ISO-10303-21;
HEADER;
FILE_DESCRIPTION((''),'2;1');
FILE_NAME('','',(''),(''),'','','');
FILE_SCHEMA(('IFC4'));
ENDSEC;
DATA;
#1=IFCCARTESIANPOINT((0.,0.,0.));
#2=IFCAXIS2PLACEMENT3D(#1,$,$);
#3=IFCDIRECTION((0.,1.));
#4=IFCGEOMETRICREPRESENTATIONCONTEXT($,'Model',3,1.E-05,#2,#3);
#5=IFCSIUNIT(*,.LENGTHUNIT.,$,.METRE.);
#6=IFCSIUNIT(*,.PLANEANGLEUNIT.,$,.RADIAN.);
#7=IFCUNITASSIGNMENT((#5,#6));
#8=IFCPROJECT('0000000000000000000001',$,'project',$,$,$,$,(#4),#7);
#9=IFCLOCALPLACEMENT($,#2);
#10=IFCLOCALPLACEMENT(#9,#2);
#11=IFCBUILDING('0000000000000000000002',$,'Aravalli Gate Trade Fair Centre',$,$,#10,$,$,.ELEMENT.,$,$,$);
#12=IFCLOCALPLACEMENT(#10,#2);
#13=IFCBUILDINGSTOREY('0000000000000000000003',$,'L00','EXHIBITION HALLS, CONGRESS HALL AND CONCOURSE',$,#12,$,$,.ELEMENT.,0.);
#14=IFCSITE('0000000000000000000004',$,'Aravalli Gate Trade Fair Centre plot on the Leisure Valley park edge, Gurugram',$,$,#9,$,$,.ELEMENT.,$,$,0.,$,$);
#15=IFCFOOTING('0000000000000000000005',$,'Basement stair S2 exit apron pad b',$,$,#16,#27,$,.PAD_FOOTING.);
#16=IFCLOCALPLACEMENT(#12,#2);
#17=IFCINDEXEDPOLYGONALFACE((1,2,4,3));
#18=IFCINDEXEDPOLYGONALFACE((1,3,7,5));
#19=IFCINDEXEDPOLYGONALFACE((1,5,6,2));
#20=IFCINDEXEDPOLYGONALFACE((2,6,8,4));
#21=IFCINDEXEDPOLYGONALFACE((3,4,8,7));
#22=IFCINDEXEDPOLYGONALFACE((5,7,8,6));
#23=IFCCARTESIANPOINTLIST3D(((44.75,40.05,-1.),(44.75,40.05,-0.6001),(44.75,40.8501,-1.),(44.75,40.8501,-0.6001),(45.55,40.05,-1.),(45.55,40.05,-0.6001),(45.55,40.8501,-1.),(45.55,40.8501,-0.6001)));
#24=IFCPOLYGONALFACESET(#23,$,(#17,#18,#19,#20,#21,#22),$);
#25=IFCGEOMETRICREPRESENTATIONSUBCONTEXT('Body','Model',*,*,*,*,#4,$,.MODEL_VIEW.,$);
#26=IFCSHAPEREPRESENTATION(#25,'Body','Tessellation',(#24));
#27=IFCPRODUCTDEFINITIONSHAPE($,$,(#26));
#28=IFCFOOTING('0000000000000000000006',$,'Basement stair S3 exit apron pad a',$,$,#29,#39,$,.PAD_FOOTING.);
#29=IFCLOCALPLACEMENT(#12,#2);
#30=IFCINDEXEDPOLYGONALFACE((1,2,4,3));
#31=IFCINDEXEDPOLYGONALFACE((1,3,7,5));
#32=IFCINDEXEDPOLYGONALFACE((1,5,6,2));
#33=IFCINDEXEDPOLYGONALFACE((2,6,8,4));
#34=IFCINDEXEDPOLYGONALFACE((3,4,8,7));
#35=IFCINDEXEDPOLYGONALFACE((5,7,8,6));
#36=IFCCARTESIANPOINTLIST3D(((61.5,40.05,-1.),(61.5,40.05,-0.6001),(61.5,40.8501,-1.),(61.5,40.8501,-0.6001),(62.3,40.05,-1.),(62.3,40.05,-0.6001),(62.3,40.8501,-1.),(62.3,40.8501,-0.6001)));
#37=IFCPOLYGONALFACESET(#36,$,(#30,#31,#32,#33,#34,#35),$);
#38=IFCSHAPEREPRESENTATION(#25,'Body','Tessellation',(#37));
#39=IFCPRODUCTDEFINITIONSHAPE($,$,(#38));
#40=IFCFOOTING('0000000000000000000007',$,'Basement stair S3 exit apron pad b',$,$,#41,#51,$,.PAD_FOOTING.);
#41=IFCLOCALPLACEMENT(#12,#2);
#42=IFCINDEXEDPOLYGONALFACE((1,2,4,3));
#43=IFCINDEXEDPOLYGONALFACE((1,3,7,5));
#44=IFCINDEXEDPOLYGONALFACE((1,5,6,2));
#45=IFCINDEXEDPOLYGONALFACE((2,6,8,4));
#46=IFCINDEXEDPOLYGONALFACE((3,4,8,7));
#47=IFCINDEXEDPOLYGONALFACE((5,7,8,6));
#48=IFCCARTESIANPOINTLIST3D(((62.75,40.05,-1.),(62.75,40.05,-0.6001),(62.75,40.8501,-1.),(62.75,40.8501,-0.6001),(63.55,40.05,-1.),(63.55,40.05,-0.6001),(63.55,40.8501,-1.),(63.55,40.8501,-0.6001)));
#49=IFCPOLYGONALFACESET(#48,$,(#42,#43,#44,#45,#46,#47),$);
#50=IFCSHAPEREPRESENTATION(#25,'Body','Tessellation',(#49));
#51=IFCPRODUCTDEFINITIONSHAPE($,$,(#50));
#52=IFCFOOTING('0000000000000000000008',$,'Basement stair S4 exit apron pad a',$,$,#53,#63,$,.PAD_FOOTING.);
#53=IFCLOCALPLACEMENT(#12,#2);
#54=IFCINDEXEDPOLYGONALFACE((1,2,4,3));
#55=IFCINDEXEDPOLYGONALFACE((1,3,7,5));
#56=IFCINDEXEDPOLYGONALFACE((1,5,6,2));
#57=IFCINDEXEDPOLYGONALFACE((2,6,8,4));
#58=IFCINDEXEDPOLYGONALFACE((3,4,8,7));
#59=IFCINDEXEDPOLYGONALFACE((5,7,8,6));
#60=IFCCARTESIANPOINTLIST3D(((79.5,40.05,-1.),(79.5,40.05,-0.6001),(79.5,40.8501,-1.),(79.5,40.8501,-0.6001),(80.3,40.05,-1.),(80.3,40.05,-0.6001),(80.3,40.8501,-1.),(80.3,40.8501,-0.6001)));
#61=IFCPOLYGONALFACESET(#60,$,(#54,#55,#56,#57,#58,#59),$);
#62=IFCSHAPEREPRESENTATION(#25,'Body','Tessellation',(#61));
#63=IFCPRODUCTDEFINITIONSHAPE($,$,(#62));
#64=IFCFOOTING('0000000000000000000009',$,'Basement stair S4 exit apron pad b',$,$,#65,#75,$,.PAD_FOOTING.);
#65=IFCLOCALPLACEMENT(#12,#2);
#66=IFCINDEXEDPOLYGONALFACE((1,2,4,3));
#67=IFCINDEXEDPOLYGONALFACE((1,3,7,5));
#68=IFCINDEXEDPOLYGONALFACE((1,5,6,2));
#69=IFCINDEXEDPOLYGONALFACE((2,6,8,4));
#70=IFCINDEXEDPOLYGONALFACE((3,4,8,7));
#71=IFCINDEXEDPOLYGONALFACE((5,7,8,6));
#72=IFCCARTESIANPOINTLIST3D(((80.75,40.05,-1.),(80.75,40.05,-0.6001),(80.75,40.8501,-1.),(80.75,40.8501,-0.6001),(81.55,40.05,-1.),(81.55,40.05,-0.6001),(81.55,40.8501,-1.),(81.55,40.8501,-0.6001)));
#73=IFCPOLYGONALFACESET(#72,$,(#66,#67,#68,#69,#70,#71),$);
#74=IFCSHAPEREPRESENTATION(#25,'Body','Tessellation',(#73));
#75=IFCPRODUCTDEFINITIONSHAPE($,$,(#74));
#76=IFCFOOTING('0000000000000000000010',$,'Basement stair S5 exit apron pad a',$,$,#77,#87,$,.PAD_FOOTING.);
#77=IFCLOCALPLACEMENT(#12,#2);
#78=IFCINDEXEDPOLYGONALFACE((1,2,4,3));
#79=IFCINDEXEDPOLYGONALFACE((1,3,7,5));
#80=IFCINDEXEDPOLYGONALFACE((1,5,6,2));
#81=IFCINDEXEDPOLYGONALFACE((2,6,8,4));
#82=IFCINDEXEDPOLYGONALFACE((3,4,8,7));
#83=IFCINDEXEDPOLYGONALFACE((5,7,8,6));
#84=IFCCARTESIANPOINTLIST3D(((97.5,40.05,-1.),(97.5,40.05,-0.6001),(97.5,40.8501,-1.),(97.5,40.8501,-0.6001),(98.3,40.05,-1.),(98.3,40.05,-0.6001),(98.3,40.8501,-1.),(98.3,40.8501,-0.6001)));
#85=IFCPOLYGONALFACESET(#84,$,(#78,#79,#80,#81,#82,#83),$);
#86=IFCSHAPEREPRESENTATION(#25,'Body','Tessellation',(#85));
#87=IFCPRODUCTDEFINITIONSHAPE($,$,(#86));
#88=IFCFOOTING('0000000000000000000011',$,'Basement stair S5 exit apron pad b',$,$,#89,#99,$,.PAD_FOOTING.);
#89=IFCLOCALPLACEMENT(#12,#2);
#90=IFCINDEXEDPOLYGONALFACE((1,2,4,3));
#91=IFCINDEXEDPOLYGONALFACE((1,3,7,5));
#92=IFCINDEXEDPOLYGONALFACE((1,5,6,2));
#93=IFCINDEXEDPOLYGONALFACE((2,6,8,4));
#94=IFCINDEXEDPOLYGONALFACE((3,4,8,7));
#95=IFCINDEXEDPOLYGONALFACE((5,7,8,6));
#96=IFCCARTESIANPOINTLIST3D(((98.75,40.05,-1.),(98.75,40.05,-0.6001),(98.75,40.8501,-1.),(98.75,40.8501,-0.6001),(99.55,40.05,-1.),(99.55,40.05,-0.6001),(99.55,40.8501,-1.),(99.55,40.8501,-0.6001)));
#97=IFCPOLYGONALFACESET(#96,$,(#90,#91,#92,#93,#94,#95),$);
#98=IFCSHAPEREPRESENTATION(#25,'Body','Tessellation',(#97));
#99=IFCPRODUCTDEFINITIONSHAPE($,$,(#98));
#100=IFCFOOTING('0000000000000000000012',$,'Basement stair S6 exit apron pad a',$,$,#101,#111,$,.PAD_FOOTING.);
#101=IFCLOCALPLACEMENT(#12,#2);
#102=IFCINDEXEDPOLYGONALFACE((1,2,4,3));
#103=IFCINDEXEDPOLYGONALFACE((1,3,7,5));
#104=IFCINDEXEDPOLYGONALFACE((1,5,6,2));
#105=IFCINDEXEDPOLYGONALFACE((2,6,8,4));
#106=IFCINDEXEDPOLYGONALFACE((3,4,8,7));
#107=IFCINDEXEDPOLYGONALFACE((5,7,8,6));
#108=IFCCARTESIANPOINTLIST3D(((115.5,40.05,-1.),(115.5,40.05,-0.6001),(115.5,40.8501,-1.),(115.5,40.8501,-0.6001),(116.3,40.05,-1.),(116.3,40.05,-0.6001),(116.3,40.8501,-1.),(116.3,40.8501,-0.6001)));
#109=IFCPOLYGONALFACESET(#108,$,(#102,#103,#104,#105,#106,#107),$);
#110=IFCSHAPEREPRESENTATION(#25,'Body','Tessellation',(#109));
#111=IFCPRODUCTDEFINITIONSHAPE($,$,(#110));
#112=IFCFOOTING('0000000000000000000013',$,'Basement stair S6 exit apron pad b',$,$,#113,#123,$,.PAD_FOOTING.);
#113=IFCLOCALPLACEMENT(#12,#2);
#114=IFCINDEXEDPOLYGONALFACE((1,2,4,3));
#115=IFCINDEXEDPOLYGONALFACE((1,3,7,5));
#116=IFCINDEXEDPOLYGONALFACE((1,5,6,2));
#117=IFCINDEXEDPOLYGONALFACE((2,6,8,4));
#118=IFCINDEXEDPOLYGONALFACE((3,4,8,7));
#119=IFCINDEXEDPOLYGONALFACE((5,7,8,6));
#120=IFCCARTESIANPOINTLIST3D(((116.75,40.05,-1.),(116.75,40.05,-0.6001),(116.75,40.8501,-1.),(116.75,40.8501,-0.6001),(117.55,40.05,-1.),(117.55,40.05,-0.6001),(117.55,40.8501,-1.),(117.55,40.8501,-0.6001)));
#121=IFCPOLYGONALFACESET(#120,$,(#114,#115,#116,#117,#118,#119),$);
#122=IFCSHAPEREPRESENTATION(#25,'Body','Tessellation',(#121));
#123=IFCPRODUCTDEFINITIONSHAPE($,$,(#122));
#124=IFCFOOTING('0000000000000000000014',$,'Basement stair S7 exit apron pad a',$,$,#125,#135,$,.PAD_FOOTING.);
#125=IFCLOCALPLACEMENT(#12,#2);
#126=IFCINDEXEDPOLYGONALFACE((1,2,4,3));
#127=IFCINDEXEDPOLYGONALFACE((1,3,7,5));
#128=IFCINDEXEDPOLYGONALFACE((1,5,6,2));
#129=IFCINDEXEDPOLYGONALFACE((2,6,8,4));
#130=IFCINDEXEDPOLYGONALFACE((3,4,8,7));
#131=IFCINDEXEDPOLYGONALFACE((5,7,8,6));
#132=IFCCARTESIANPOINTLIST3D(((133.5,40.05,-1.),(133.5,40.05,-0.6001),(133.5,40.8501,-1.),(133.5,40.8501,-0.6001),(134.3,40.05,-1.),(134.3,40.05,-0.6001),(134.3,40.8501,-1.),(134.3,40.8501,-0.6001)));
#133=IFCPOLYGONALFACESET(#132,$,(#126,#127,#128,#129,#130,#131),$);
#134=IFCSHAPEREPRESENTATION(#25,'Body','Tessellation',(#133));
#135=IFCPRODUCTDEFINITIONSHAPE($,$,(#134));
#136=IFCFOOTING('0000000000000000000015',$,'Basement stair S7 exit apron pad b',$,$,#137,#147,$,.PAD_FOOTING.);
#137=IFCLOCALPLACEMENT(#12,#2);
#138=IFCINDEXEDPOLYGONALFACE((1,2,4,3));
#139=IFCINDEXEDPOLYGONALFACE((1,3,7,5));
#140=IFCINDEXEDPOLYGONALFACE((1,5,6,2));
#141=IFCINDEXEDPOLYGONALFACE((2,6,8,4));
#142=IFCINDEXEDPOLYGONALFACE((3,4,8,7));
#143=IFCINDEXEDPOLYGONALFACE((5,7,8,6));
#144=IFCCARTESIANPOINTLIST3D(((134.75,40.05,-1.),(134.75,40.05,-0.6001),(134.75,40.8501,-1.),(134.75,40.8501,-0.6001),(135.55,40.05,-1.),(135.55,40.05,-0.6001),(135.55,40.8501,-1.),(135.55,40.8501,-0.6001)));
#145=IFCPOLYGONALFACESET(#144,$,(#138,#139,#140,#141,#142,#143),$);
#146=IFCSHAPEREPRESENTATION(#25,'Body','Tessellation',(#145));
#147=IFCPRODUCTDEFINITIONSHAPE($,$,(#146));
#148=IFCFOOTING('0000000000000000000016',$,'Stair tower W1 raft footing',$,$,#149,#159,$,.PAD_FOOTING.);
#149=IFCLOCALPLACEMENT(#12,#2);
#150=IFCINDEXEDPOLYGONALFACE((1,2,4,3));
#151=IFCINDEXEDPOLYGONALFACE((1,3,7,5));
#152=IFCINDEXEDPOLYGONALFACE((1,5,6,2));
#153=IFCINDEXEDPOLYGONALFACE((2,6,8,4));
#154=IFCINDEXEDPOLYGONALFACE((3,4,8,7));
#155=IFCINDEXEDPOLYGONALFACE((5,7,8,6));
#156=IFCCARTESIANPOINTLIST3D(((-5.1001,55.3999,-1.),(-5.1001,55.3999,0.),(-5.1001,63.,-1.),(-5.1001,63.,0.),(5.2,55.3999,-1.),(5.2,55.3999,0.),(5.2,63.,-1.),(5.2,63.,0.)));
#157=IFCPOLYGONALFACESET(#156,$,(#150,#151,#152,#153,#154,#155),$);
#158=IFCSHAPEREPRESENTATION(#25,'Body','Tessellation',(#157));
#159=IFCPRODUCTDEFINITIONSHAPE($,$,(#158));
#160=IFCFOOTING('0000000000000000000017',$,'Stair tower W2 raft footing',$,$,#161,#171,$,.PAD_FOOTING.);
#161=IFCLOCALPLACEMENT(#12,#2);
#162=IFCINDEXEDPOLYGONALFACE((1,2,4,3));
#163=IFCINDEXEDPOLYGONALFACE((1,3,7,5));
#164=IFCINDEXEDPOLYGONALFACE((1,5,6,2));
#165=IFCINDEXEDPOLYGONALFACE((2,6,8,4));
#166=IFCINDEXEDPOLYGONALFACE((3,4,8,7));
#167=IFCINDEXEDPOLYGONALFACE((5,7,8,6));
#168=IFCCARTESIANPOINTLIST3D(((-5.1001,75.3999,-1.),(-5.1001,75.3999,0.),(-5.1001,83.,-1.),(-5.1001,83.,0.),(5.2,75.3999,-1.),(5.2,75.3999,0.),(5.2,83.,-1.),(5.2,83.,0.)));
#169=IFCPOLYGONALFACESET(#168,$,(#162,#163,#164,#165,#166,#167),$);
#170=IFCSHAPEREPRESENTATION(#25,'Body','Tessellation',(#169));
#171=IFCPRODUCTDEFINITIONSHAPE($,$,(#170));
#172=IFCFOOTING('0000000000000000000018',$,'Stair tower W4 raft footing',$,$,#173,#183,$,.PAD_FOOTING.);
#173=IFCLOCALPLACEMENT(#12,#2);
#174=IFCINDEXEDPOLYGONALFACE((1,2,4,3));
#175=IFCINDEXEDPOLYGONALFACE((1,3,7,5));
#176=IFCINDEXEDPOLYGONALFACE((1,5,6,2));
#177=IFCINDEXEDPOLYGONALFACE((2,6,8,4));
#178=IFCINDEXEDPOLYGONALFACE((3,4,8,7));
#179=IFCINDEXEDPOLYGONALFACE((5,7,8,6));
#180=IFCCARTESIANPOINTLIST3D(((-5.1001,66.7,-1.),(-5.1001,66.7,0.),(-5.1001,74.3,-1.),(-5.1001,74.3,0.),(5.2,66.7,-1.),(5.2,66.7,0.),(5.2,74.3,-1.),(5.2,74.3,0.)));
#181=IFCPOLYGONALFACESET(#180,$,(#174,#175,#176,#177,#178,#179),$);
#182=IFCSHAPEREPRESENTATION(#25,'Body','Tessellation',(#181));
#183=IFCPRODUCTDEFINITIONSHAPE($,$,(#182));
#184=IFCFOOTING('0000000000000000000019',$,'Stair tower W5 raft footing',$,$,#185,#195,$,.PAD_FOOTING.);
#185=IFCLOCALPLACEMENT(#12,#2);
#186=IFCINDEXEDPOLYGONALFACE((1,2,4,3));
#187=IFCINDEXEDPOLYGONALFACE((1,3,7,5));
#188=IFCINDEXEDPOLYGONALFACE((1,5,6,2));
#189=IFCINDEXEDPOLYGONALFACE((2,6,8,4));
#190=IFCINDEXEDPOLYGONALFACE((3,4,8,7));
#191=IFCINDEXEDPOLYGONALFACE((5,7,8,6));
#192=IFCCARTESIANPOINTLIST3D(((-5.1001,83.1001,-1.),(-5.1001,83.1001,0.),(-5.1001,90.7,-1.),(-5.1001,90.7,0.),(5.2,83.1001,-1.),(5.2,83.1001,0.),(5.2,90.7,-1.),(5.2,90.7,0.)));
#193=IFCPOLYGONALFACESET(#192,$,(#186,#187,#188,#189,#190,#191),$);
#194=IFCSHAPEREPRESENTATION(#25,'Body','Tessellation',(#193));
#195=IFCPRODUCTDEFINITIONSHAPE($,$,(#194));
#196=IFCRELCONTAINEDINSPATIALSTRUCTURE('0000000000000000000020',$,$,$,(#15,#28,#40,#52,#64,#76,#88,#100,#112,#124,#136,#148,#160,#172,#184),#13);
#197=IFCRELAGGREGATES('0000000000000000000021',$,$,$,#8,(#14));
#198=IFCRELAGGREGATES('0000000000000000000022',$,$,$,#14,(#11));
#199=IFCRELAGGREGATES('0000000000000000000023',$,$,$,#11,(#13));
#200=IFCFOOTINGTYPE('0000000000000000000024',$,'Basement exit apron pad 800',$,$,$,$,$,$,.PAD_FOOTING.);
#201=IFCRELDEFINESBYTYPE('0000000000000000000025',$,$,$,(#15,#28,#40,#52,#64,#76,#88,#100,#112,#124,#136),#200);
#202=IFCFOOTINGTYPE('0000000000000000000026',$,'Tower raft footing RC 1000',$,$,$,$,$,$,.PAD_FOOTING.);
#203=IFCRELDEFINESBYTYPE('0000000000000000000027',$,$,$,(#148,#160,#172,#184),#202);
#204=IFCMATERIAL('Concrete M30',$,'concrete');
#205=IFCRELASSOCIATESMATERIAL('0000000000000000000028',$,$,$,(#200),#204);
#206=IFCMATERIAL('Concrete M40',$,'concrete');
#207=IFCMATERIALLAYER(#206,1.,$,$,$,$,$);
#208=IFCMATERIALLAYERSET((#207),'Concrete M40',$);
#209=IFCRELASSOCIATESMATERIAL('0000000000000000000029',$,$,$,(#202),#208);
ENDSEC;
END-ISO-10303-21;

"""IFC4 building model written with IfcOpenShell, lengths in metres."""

from ifc_helpers import new_model, si_unit, direction, frame, origin, place, context, subcontext, project, spatial, polyline, outline, extrude, material, layer, layer_set, type_object, element, save


model = new_model("IFC4")

# Units and contexts
model_context = context("Model", 3, precision=1e-05, world=origin(), true_north=direction((0.0, 1.0)))
body_context = subcontext(model_context, "Body", "Model", "MODEL_VIEW")
ifc_project = project(units=[si_unit("LENGTHUNIT", "METRE"), si_unit("PLANEANGLEUNIT", "RADIAN")], contexts=[model_context])

# Site, building, storey
site_placement = place(None, origin())
site = spatial("IfcSite", under=ifc_project, at=site_placement, Name="Aravalli Gate Trade Fair Centre plot on the Leisure Valley park edge, Gurugram", CompositionType="ELEMENT", RefElevation=0.0)
building_placement = place(site_placement, origin())
building = spatial("IfcBuilding", under=site, at=building_placement, Name="Aravalli Gate Trade Fair Centre", CompositionType="ELEMENT")
storey_placement = place(building_placement, origin())
storey = spatial("IfcBuildingStorey", under=building, at=storey_placement, Name="L00", Description="EXHIBITION HALLS, CONGRESS HALL AND CONCOURSE", CompositionType="ELEMENT", Elevation=0.0)

# Footings
ifc_material_1 = material(Name="Concrete M30", Category="concrete")
footing_type_1 = type_object("IfcFootingType", Name="Basement exit apron pad 800", PredefinedType="PAD_FOOTING", material=ifc_material_1)
footing_1_placement = place(storey_placement, frame((0.0, 0.0, -1.0)))
element("IfcFooting", 1, at=footing_1_placement, inside=storey, type_object=footing_type_1, Name="Basement stair S2 exit apron pad b", PredefinedType="PAD_FOOTING", context=body_context, shape_type="SweptSolid", body=[
    extrude(outline(polyline([(44.75, 40.8501), (45.55, 40.8501), (45.55, 40.05), (44.75, 40.05), (44.75, 40.8501)])), origin(), (0.0, 0.0, 1.0), 0.3999),
])
footing_2_placement = place(storey_placement, frame((0.0, 0.0, -1.0)))
element("IfcFooting", 2, at=footing_2_placement, inside=storey, type_object=footing_type_1, Name="Basement stair S3 exit apron pad a", PredefinedType="PAD_FOOTING", context=body_context, shape_type="SweptSolid", body=[
    extrude(outline(polyline([(61.5, 40.8501), (62.3, 40.8501), (62.3, 40.05), (61.5, 40.05), (61.5, 40.8501)])), origin(), (0.0, 0.0, 1.0), 0.3999),
])
footing_3_placement = place(storey_placement, frame((0.0, 0.0, -1.0)))
element("IfcFooting", 3, at=footing_3_placement, inside=storey, type_object=footing_type_1, Name="Basement stair S3 exit apron pad b", PredefinedType="PAD_FOOTING", context=body_context, shape_type="SweptSolid", body=[
    extrude(outline(polyline([(62.75, 40.8501), (63.55, 40.8501), (63.55, 40.05), (62.75, 40.05), (62.75, 40.8501)])), origin(), (0.0, 0.0, 1.0), 0.3999),
])
footing_4_placement = place(storey_placement, frame((0.0, 0.0, -1.0)))
element("IfcFooting", 4, at=footing_4_placement, inside=storey, type_object=footing_type_1, Name="Basement stair S4 exit apron pad a", PredefinedType="PAD_FOOTING", context=body_context, shape_type="SweptSolid", body=[
    extrude(outline(polyline([(79.5, 40.8501), (80.3, 40.8501), (80.3, 40.05), (79.5, 40.05), (79.5, 40.8501)])), origin(), (0.0, 0.0, 1.0), 0.3999),
])
footing_5_placement = place(storey_placement, frame((0.0, 0.0, -1.0)))
element("IfcFooting", 5, at=footing_5_placement, inside=storey, type_object=footing_type_1, Name="Basement stair S4 exit apron pad b", PredefinedType="PAD_FOOTING", context=body_context, shape_type="SweptSolid", body=[
    extrude(outline(polyline([(80.75, 40.8501), (81.55, 40.8501), (81.55, 40.05), (80.75, 40.05), (80.75, 40.8501)])), origin(), (0.0, 0.0, 1.0), 0.3999),
])
footing_6_placement = place(storey_placement, frame((0.0, 0.0, -1.0)))
element("IfcFooting", 6, at=footing_6_placement, inside=storey, type_object=footing_type_1, Name="Basement stair S5 exit apron pad a", PredefinedType="PAD_FOOTING", context=body_context, shape_type="SweptSolid", body=[
    extrude(outline(polyline([(97.5, 40.8501), (98.3, 40.8501), (98.3, 40.05), (97.5, 40.05), (97.5, 40.8501)])), origin(), (0.0, 0.0, 1.0), 0.3999),
])
footing_7_placement = place(storey_placement, frame((0.0, 0.0, -1.0)))
element("IfcFooting", 7, at=footing_7_placement, inside=storey, type_object=footing_type_1, Name="Basement stair S5 exit apron pad b", PredefinedType="PAD_FOOTING", context=body_context, shape_type="SweptSolid", body=[
    extrude(outline(polyline([(98.75, 40.8501), (99.55, 40.8501), (99.55, 40.05), (98.75, 40.05), (98.75, 40.8501)])), origin(), (0.0, 0.0, 1.0), 0.3999),
])
footing_8_placement = place(storey_placement, frame((0.0, 0.0, -1.0)))
element("IfcFooting", 8, at=footing_8_placement, inside=storey, type_object=footing_type_1, Name="Basement stair S6 exit apron pad a", PredefinedType="PAD_FOOTING", context=body_context, shape_type="SweptSolid", body=[
    extrude(outline(polyline([(115.5, 40.8501), (116.3, 40.8501), (116.3, 40.05), (115.5, 40.05), (115.5, 40.8501)])), origin(), (0.0, 0.0, 1.0), 0.3999),
])
footing_9_placement = place(storey_placement, frame((0.0, 0.0, -1.0)))
element("IfcFooting", 9, at=footing_9_placement, inside=storey, type_object=footing_type_1, Name="Basement stair S6 exit apron pad b", PredefinedType="PAD_FOOTING", context=body_context, shape_type="SweptSolid", body=[
    extrude(outline(polyline([(116.75, 40.8501), (117.55, 40.8501), (117.55, 40.05), (116.75, 40.05), (116.75, 40.8501)])), origin(), (0.0, 0.0, 1.0), 0.3999),
])
footing_10_placement = place(storey_placement, frame((0.0, 0.0, -1.0)))
element("IfcFooting", 10, at=footing_10_placement, inside=storey, type_object=footing_type_1, Name="Basement stair S7 exit apron pad a", PredefinedType="PAD_FOOTING", context=body_context, shape_type="SweptSolid", body=[
    extrude(outline(polyline([(133.5, 40.8501), (134.3, 40.8501), (134.3, 40.05), (133.5, 40.05), (133.5, 40.8501)])), origin(), (0.0, 0.0, 1.0), 0.3999),
])
footing_11_placement = place(storey_placement, frame((0.0, 0.0, -1.0)))
element("IfcFooting", 11, at=footing_11_placement, inside=storey, type_object=footing_type_1, Name="Basement stair S7 exit apron pad b", PredefinedType="PAD_FOOTING", context=body_context, shape_type="SweptSolid", body=[
    extrude(outline(polyline([(134.75, 40.8501), (135.55, 40.8501), (135.55, 40.05), (134.75, 40.05), (134.75, 40.8501)])), origin(), (0.0, 0.0, 1.0), 0.3999),
])
ifc_material_2 = material(Name="Concrete M40", Category="concrete")
ifc_layer_1 = layer(ifc_material_2, 1.0)
ifc_layer_set_1 = layer_set([ifc_layer_1], Name="Concrete M40")
footing_type_2 = type_object("IfcFootingType", Name="Tower raft footing RC 1000", PredefinedType="PAD_FOOTING", material=ifc_layer_set_1)
footing_12_placement = place(storey_placement, frame((0.0, 0.0, -1.0)))
element("IfcFooting", 12, at=footing_12_placement, inside=storey, type_object=footing_type_2, Name="Stair tower W1 raft footing", PredefinedType="PAD_FOOTING", context=body_context, shape_type="SweptSolid", body=[
    extrude(outline(polyline([(5.2, 55.3999), (5.2, 63.0), (-5.1001, 63.0), (-5.1001, 55.3999), (5.2, 55.3999)])), origin(), (0.0, 0.0, 1.0), 1.0),
])
footing_13_placement = place(storey_placement, frame((0.0, 0.0, -1.0)))
element("IfcFooting", 13, at=footing_13_placement, inside=storey, type_object=footing_type_2, Name="Stair tower W2 raft footing", PredefinedType="PAD_FOOTING", context=body_context, shape_type="SweptSolid", body=[
    extrude(outline(polyline([(5.2, 75.3999), (5.2, 83.0), (-5.1001, 83.0), (-5.1001, 75.3999), (5.2, 75.3999)])), origin(), (0.0, 0.0, 1.0), 1.0),
])
footing_14_placement = place(storey_placement, frame((0.0, 0.0, -1.0)))
element("IfcFooting", 14, at=footing_14_placement, inside=storey, type_object=footing_type_2, Name="Stair tower W4 raft footing", PredefinedType="PAD_FOOTING", context=body_context, shape_type="SweptSolid", body=[
    extrude(outline(polyline([(5.2, 66.7), (5.2, 74.3), (-5.1001, 74.3), (-5.1001, 66.7), (5.2, 66.7)])), origin(), (0.0, 0.0, 1.0), 1.0),
])
footing_15_placement = place(storey_placement, frame((0.0, 0.0, -1.0)))
element("IfcFooting", 15, at=footing_15_placement, inside=storey, type_object=footing_type_2, Name="Stair tower W5 raft footing", PredefinedType="PAD_FOOTING", context=body_context, shape_type="SweptSolid", body=[
    extrude(outline(polyline([(5.2, 83.1001), (5.2, 90.7), (-5.1001, 90.7), (-5.1001, 83.1001), (5.2, 83.1001)])), origin(), (0.0, 0.0, 1.0), 1.0),
])

save(model, "model.ifc")
